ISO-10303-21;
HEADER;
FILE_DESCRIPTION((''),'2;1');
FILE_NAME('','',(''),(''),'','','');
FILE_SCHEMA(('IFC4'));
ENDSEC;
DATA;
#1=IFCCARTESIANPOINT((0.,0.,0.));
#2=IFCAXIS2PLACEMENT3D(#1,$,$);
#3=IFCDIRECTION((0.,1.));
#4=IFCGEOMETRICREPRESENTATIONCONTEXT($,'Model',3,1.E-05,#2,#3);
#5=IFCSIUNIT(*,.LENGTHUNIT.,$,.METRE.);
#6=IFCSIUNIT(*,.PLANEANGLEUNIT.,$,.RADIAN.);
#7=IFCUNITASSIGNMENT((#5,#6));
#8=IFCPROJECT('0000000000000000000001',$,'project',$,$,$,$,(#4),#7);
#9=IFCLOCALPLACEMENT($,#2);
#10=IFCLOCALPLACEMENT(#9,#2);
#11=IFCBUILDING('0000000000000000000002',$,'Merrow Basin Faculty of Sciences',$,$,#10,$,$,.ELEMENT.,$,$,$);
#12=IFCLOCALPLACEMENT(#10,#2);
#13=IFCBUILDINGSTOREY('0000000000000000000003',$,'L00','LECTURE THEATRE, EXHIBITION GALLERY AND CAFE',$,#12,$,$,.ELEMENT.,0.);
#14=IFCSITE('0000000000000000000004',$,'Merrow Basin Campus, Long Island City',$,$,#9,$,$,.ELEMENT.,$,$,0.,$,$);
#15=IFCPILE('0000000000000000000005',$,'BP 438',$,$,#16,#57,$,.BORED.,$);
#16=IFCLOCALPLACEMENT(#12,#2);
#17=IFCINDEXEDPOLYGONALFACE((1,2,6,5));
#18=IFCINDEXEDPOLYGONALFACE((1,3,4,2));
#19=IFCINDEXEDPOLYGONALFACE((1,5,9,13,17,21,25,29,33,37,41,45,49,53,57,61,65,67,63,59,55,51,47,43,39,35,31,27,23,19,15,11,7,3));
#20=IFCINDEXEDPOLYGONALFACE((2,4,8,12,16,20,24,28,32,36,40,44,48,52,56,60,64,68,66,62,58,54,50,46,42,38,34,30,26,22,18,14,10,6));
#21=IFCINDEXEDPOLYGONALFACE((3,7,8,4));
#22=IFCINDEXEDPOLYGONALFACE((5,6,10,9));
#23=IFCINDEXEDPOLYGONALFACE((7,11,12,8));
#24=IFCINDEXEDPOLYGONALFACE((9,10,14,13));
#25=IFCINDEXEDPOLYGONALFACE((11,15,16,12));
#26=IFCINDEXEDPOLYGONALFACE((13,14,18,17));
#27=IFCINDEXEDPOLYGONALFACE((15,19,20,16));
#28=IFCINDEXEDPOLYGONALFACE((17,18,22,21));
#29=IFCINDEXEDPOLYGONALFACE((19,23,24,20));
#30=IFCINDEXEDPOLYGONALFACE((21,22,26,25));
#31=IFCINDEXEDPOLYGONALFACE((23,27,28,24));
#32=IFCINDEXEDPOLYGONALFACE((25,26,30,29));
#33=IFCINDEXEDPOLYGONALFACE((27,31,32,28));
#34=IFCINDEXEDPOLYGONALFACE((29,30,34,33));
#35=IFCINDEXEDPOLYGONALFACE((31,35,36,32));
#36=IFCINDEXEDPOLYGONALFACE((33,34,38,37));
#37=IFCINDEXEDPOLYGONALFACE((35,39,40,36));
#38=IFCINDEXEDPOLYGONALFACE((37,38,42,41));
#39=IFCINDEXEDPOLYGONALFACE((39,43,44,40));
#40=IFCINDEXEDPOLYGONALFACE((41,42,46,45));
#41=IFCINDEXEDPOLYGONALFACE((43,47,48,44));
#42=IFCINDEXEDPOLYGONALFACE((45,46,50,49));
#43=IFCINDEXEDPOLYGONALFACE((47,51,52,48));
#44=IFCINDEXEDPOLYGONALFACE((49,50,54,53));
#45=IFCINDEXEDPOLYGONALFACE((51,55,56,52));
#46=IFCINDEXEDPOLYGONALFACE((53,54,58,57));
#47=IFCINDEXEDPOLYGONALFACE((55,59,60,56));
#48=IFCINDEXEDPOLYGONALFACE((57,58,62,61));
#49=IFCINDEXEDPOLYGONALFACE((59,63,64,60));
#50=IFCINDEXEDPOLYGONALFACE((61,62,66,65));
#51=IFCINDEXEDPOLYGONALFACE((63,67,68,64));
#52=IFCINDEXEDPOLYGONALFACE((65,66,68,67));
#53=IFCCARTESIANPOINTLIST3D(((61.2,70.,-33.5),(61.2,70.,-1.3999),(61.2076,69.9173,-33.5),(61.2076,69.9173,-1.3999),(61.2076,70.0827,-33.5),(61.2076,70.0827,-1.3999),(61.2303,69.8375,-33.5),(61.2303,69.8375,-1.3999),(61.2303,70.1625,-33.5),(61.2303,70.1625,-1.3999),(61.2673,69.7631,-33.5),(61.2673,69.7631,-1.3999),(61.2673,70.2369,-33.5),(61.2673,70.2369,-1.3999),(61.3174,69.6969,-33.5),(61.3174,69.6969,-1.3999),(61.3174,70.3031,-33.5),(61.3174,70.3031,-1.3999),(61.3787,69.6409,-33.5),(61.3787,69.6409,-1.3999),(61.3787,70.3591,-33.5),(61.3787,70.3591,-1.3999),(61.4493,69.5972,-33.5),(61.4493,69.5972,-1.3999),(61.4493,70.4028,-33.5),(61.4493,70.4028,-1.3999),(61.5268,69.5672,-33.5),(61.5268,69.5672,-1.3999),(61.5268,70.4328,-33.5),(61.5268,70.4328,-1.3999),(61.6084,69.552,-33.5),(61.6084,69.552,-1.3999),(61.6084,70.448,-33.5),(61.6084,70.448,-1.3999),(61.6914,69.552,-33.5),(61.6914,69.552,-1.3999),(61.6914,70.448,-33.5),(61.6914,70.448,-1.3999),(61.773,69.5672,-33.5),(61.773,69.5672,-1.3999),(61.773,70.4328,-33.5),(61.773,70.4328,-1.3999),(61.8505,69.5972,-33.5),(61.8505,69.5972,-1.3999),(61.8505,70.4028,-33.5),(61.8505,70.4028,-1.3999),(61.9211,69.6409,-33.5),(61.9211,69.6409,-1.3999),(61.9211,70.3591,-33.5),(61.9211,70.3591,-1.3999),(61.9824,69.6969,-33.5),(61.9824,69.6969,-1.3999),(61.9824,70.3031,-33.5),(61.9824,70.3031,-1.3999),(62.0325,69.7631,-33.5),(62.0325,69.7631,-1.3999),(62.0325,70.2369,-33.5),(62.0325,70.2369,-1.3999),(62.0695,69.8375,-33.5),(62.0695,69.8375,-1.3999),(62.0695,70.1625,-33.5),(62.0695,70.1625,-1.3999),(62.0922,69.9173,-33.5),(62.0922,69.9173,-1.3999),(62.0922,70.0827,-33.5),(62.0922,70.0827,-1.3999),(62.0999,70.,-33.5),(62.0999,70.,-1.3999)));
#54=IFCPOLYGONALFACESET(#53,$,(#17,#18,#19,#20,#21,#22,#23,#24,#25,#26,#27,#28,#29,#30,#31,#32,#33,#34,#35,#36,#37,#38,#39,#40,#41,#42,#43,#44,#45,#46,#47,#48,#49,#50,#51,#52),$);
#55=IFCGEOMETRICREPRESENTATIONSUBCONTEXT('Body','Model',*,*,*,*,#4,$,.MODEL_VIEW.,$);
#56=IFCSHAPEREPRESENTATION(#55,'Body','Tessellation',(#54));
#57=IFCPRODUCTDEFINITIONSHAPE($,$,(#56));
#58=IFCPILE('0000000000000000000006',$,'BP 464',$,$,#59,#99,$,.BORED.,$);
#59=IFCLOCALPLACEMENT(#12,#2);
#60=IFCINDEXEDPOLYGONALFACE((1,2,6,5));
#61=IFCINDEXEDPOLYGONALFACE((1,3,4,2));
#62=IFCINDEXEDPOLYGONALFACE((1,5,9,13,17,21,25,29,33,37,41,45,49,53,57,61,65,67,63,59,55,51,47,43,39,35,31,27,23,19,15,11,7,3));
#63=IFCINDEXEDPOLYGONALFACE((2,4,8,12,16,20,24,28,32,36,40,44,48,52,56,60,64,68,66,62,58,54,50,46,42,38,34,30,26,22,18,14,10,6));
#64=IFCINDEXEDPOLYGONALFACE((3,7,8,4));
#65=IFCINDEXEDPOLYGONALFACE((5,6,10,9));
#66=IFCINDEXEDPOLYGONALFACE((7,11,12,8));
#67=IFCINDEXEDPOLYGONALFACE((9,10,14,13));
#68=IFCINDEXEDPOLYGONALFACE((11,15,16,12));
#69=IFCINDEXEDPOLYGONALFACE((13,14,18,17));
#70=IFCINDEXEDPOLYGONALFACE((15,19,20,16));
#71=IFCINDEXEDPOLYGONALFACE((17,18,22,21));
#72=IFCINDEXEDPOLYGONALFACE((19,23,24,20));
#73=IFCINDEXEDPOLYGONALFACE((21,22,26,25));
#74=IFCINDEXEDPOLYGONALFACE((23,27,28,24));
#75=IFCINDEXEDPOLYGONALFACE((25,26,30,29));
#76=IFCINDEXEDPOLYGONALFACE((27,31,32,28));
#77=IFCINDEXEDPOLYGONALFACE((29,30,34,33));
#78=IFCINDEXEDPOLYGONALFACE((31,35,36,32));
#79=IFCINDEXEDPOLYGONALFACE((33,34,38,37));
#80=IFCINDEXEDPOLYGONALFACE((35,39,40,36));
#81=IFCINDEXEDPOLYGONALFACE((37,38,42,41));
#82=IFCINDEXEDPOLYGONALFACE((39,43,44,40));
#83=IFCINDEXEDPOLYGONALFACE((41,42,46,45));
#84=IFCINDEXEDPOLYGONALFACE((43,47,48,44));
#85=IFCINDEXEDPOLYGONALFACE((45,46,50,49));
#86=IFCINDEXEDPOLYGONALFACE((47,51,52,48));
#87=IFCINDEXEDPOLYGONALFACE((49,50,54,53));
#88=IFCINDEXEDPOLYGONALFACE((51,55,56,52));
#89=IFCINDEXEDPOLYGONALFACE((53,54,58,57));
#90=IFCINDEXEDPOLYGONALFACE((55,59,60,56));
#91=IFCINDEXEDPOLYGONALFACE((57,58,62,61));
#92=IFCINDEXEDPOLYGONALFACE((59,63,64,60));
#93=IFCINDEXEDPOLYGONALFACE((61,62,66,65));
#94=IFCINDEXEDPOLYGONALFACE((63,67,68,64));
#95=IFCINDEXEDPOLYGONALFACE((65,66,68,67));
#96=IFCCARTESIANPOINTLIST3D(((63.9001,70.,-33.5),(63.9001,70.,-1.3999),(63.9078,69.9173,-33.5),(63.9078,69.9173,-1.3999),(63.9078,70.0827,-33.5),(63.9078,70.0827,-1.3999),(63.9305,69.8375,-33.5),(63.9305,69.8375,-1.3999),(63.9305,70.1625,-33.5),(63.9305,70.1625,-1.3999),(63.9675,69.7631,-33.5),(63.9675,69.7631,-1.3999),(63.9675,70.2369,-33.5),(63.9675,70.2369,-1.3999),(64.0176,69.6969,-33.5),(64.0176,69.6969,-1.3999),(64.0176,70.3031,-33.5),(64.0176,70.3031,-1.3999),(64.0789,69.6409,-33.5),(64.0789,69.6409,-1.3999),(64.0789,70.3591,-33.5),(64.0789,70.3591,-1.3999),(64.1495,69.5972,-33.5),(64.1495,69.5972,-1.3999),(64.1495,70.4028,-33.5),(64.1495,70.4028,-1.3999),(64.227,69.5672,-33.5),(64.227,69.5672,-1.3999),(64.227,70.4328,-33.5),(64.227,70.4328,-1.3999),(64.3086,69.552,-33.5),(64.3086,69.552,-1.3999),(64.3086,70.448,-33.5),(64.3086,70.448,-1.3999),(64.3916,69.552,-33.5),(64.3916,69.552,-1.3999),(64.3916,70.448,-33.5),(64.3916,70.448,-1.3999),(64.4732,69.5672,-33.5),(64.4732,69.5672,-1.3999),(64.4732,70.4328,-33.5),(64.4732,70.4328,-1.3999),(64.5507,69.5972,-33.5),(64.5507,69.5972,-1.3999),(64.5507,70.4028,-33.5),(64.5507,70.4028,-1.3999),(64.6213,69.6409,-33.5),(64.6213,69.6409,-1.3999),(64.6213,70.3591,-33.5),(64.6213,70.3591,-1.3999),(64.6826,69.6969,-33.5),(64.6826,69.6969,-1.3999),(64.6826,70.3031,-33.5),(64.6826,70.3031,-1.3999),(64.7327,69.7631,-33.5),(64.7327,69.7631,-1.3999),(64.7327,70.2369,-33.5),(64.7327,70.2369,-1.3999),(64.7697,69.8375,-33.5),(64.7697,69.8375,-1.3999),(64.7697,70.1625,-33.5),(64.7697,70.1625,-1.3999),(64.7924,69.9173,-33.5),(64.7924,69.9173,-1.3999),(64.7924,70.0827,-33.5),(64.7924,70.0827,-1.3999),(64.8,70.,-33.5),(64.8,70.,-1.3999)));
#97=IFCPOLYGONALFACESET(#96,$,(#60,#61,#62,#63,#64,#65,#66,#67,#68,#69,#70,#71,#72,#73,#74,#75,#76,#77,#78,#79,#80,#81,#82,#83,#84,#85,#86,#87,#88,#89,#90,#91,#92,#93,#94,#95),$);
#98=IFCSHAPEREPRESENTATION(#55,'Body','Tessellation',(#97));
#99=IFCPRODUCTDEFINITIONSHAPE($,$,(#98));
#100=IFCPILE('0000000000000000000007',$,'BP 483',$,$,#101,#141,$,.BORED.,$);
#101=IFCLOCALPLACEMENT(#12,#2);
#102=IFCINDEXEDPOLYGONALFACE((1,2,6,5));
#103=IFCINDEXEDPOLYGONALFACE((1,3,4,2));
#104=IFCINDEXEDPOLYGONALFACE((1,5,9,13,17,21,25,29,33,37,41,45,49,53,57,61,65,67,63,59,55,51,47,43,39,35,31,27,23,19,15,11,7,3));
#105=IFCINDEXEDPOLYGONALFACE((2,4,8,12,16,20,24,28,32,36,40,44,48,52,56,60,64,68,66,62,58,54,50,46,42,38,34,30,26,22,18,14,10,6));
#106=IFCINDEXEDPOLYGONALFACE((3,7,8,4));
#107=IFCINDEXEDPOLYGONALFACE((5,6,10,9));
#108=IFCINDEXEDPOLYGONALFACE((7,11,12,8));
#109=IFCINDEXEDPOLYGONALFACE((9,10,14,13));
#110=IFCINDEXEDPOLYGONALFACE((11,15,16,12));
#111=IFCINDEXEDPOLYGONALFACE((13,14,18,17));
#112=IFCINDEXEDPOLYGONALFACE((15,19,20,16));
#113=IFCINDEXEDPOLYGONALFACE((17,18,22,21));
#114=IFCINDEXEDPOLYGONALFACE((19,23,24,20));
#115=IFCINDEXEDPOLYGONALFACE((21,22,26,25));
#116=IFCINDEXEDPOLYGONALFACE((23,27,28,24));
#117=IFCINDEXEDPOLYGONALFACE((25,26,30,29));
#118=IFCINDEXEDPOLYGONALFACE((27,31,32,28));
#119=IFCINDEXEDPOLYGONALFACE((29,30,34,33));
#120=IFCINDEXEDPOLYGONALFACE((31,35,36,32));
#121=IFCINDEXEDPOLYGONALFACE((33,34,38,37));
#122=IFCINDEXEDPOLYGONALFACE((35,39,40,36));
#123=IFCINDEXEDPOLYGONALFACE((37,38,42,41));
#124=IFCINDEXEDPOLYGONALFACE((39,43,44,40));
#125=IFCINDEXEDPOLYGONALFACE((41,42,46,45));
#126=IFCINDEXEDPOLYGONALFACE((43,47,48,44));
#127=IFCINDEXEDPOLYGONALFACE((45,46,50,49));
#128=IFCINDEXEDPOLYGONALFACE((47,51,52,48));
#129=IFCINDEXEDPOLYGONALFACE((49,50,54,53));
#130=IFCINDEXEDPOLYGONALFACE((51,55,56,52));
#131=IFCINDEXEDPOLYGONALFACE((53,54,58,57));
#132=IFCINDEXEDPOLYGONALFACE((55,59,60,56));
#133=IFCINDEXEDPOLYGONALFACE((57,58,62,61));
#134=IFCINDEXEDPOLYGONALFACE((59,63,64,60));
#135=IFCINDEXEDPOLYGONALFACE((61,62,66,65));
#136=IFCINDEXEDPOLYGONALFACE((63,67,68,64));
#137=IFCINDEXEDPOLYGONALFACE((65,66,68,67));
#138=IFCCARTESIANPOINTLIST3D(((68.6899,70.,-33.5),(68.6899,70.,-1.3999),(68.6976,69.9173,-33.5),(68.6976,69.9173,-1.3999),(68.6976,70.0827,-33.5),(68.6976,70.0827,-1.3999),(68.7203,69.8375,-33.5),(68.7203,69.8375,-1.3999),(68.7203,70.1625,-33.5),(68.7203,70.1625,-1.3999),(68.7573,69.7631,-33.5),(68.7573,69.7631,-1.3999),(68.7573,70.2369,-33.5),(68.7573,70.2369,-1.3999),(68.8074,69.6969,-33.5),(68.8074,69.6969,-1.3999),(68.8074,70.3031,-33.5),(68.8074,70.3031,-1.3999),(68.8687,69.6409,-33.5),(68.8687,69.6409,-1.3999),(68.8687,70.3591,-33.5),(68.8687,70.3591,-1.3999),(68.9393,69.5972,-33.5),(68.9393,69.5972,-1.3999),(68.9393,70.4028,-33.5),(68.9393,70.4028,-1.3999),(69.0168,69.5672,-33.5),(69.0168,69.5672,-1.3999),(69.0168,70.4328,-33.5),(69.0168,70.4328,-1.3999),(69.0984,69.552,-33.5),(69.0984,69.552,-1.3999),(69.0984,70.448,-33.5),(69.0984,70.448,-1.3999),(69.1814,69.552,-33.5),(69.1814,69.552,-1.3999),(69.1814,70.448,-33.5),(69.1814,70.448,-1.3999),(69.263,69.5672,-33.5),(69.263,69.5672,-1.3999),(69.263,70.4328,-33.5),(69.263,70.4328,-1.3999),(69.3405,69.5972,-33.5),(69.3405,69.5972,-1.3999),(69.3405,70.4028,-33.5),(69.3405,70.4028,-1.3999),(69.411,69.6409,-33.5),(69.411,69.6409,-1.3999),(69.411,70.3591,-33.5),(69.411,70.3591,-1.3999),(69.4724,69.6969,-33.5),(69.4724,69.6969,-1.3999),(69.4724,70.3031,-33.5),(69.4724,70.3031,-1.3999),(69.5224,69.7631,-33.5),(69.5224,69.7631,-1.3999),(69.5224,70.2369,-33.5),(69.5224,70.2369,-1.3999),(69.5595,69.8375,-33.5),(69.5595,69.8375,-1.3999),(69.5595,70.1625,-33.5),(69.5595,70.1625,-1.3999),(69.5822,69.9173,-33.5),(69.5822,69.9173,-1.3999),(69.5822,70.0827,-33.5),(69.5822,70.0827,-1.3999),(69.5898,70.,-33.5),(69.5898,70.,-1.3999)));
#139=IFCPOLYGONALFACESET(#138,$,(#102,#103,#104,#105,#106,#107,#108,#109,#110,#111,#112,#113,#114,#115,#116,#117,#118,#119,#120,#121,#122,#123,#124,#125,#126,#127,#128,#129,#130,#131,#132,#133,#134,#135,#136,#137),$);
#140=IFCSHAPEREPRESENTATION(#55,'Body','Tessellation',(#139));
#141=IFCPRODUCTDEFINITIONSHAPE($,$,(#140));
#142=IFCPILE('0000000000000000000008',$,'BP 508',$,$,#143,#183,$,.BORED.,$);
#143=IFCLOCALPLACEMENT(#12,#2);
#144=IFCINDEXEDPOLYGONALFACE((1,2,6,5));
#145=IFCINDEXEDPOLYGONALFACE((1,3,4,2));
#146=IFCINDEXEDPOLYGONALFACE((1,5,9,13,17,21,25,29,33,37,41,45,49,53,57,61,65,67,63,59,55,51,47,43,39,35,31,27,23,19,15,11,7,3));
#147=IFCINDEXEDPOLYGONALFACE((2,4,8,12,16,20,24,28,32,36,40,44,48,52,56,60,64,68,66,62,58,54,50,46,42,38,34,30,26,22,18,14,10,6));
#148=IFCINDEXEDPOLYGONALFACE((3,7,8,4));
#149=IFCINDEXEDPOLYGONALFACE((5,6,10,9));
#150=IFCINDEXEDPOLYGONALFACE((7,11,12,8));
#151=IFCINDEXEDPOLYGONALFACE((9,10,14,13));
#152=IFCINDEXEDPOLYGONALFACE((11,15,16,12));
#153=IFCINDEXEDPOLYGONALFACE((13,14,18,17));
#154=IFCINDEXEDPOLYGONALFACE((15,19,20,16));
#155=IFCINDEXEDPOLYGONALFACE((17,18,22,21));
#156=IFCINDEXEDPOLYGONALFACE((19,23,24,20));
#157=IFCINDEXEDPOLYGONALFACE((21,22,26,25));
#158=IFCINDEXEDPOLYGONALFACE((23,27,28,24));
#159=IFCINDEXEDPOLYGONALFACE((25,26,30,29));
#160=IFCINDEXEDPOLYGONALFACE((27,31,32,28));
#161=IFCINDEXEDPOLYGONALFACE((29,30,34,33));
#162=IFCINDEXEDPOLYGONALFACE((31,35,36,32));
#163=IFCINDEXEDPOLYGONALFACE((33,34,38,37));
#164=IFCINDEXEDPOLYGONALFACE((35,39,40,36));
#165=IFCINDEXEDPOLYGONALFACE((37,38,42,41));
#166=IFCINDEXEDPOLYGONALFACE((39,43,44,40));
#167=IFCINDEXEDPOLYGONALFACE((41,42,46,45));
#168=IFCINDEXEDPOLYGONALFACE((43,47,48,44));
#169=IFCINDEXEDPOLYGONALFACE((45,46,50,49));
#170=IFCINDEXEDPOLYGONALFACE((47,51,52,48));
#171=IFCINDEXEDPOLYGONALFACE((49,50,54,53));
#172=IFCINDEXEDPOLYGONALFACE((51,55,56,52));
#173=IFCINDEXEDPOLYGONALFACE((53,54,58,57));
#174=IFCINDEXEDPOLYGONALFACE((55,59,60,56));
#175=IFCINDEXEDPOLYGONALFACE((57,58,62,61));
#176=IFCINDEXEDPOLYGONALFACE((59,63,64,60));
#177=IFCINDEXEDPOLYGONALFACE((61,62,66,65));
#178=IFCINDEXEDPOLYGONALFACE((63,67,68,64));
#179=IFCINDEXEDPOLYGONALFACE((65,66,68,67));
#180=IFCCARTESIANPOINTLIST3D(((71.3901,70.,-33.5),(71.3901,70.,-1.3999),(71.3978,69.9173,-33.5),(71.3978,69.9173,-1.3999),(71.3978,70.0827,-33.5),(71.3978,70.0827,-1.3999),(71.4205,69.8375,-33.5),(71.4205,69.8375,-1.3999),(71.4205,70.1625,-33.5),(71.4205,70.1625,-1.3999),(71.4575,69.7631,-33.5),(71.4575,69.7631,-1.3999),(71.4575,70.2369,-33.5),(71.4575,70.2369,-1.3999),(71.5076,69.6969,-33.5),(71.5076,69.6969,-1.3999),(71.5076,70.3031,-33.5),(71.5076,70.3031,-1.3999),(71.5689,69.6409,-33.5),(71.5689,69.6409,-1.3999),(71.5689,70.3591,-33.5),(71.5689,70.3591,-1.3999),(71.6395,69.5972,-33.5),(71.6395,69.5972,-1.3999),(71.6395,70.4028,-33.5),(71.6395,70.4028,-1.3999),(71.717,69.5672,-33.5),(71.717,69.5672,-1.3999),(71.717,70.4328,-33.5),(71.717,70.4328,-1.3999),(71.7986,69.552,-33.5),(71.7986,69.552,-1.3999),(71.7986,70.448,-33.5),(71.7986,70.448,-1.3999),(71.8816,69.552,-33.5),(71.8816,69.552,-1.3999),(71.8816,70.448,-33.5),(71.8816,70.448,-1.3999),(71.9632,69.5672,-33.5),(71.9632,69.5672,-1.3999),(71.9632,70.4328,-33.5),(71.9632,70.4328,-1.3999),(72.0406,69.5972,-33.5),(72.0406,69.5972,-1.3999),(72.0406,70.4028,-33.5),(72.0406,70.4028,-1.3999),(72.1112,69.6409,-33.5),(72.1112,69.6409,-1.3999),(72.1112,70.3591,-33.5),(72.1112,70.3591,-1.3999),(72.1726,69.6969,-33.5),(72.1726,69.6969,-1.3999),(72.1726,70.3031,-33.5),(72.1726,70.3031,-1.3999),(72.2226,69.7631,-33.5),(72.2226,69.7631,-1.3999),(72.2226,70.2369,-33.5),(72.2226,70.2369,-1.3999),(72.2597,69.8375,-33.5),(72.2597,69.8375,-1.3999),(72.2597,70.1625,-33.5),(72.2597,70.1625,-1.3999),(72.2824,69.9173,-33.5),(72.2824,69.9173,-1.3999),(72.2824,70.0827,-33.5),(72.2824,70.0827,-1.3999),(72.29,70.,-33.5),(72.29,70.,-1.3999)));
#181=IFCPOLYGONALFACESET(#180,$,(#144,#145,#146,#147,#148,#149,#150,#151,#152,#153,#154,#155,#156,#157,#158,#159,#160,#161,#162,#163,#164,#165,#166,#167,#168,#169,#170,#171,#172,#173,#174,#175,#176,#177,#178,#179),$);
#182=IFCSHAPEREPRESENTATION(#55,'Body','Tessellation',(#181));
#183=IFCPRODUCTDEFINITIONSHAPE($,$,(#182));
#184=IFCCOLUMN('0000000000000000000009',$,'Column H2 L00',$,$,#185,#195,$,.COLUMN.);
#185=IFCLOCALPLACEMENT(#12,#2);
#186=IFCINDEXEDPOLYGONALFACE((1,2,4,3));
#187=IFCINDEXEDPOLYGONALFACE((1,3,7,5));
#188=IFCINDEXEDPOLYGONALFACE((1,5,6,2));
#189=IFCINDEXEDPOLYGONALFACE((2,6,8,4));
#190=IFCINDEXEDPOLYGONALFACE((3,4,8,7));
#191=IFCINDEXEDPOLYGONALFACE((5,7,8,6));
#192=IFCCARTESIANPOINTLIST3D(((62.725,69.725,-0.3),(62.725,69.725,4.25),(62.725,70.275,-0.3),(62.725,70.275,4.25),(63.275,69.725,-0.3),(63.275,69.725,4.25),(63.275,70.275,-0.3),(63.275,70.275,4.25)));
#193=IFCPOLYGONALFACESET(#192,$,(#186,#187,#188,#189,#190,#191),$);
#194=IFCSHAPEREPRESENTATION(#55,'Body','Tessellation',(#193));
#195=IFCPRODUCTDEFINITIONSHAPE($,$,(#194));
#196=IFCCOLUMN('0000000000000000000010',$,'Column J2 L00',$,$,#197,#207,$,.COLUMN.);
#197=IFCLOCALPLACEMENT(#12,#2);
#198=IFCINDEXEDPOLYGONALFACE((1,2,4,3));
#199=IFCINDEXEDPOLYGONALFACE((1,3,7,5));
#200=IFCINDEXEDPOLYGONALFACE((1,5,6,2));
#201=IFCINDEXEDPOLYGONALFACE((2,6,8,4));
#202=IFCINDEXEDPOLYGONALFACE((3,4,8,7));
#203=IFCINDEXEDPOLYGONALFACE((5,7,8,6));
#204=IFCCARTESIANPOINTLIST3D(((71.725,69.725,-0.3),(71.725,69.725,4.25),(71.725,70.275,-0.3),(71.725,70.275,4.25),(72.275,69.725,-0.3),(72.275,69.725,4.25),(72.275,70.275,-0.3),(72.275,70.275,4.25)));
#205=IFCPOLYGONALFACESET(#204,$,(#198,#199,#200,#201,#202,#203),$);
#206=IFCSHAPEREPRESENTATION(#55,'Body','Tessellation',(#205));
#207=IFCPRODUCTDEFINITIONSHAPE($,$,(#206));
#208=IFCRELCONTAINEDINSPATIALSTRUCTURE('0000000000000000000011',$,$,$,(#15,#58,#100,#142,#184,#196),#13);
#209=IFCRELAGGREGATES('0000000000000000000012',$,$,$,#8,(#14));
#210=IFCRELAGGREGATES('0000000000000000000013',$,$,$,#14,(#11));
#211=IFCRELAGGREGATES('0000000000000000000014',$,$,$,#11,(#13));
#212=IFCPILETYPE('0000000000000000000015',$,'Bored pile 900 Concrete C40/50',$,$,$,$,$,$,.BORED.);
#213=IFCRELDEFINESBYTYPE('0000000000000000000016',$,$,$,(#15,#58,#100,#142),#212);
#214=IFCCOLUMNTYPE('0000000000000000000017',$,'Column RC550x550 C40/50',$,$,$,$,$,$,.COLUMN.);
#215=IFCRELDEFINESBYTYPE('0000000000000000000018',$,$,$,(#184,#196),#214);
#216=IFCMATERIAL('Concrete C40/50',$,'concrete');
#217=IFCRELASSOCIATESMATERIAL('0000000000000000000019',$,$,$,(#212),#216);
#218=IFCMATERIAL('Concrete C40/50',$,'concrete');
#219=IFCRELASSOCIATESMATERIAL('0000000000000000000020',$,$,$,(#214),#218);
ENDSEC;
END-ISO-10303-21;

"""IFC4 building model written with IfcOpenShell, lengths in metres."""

from ifc_helpers import new_model, si_unit, direction, frame, origin, origin_2d, place, context, subcontext, project, spatial, rectangle, circle, extrude, material, material_profile, profile_set, type_object, element, save


model = new_model("IFC4")

# Units and contexts
model_context = context("Model", 3, precision=1e-05, world=origin(), true_north=direction((0.0, 1.0)))
body_context = subcontext(model_context, "Body", "Model", "MODEL_VIEW")
ifc_project = project(units=[si_unit("LENGTHUNIT", "METRE"), si_unit("PLANEANGLEUNIT", "RADIAN")], contexts=[model_context])

# Site, building, storey
site_placement = place(None, origin())
site = spatial("IfcSite", under=ifc_project, at=site_placement, Name="Merrow Basin Campus, Long Island City", CompositionType="ELEMENT", RefElevation=0.0)
building_placement = place(site_placement, origin())
building = spatial("IfcBuilding", under=site, at=building_placement, Name="Merrow Basin Faculty of Sciences", CompositionType="ELEMENT")
storey_placement = place(building_placement, origin())
storey = spatial("IfcBuildingStorey", under=building, at=storey_placement, Name="L00", Description="LECTURE THEATRE, EXHIBITION GALLERY AND CAFE", CompositionType="ELEMENT", Elevation=0.0)

# Piles
ifc_material_1 = material(Name="Concrete C40/50", Category="concrete")
ifc_material_profile_1 = material_profile(ifc_material_1, circle(Radius=0.45, at=origin_2d()))
ifc_profile_set_1 = profile_set([ifc_material_profile_1], Name="Concrete C40/50")
pile_type = type_object("IfcPileType", Name="Bored pile 900 Concrete C40/50", PredefinedType="BORED", material=ifc_profile_set_1)
for number, where, z_axis, x_axis, name in (
    (1, (61.6499, 70.0, -1.3999), (0.0, 0.0, -1.0), (1.0, 0.0, 0.0), "BP 438"),
    (2, (64.3501, 70.0, -1.3999), (0.0, 0.0, -1.0), (1.0, 0.0, 0.0), "BP 464"),
    (3, (69.1399, 70.0, -1.3999), (0.0, 0.0, -1.0), (1.0, 0.0, 0.0), "BP 483"),
    (4, (71.8401, 70.0, -1.3999), (0.0, 0.0, -1.0), (1.0, 0.0, 0.0), "BP 508"),
):
    element("IfcPile", number, at=place(storey_placement, frame(where, z_axis=z_axis, x_axis=x_axis)), inside=storey, type_object=pile_type, Name=name, PredefinedType="BORED", context=body_context, shape_type="SweptSolid", body=[
        extrude(circle(Radius=0.45, at=origin_2d()), origin(), (0.0, 0.0, 1.0), 32.1001),
    ])

# Columns
ifc_material_2 = material(Name="Concrete C40/50", Category="concrete")
ifc_material_profile_2 = material_profile(ifc_material_2, rectangle(XDim=0.55, YDim=0.55, at=origin_2d()))
ifc_profile_set_2 = profile_set([ifc_material_profile_2], Name="Concrete C40/50")
column_type = type_object("IfcColumnType", Name="Column RC550x550 C40/50", PredefinedType="COLUMN", material=ifc_profile_set_2)
for number, where, z_axis, x_axis, name in (
    (5, (63.0, 70.0, -0.3), (0.0, 0.0, 1.0), (1.0, 0.0, 0.0), "Column H2 L00"),
    (6, (72.0, 70.0, -0.3), (0.0, 0.0, 1.0), (1.0, 0.0, 0.0), "Column J2 L00"),
):
    element("IfcColumn", number, at=place(storey_placement, frame(where, z_axis=z_axis, x_axis=x_axis)), inside=storey, type_object=column_type, Name=name, PredefinedType="COLUMN", context=body_context, shape_type="SweptSolid", body=[
        extrude(rectangle(XDim=0.55, YDim=0.55, at=origin_2d()), origin(), (0.0, 0.0, 1.0), 4.55),
    ])

save(model, "model.ifc")
